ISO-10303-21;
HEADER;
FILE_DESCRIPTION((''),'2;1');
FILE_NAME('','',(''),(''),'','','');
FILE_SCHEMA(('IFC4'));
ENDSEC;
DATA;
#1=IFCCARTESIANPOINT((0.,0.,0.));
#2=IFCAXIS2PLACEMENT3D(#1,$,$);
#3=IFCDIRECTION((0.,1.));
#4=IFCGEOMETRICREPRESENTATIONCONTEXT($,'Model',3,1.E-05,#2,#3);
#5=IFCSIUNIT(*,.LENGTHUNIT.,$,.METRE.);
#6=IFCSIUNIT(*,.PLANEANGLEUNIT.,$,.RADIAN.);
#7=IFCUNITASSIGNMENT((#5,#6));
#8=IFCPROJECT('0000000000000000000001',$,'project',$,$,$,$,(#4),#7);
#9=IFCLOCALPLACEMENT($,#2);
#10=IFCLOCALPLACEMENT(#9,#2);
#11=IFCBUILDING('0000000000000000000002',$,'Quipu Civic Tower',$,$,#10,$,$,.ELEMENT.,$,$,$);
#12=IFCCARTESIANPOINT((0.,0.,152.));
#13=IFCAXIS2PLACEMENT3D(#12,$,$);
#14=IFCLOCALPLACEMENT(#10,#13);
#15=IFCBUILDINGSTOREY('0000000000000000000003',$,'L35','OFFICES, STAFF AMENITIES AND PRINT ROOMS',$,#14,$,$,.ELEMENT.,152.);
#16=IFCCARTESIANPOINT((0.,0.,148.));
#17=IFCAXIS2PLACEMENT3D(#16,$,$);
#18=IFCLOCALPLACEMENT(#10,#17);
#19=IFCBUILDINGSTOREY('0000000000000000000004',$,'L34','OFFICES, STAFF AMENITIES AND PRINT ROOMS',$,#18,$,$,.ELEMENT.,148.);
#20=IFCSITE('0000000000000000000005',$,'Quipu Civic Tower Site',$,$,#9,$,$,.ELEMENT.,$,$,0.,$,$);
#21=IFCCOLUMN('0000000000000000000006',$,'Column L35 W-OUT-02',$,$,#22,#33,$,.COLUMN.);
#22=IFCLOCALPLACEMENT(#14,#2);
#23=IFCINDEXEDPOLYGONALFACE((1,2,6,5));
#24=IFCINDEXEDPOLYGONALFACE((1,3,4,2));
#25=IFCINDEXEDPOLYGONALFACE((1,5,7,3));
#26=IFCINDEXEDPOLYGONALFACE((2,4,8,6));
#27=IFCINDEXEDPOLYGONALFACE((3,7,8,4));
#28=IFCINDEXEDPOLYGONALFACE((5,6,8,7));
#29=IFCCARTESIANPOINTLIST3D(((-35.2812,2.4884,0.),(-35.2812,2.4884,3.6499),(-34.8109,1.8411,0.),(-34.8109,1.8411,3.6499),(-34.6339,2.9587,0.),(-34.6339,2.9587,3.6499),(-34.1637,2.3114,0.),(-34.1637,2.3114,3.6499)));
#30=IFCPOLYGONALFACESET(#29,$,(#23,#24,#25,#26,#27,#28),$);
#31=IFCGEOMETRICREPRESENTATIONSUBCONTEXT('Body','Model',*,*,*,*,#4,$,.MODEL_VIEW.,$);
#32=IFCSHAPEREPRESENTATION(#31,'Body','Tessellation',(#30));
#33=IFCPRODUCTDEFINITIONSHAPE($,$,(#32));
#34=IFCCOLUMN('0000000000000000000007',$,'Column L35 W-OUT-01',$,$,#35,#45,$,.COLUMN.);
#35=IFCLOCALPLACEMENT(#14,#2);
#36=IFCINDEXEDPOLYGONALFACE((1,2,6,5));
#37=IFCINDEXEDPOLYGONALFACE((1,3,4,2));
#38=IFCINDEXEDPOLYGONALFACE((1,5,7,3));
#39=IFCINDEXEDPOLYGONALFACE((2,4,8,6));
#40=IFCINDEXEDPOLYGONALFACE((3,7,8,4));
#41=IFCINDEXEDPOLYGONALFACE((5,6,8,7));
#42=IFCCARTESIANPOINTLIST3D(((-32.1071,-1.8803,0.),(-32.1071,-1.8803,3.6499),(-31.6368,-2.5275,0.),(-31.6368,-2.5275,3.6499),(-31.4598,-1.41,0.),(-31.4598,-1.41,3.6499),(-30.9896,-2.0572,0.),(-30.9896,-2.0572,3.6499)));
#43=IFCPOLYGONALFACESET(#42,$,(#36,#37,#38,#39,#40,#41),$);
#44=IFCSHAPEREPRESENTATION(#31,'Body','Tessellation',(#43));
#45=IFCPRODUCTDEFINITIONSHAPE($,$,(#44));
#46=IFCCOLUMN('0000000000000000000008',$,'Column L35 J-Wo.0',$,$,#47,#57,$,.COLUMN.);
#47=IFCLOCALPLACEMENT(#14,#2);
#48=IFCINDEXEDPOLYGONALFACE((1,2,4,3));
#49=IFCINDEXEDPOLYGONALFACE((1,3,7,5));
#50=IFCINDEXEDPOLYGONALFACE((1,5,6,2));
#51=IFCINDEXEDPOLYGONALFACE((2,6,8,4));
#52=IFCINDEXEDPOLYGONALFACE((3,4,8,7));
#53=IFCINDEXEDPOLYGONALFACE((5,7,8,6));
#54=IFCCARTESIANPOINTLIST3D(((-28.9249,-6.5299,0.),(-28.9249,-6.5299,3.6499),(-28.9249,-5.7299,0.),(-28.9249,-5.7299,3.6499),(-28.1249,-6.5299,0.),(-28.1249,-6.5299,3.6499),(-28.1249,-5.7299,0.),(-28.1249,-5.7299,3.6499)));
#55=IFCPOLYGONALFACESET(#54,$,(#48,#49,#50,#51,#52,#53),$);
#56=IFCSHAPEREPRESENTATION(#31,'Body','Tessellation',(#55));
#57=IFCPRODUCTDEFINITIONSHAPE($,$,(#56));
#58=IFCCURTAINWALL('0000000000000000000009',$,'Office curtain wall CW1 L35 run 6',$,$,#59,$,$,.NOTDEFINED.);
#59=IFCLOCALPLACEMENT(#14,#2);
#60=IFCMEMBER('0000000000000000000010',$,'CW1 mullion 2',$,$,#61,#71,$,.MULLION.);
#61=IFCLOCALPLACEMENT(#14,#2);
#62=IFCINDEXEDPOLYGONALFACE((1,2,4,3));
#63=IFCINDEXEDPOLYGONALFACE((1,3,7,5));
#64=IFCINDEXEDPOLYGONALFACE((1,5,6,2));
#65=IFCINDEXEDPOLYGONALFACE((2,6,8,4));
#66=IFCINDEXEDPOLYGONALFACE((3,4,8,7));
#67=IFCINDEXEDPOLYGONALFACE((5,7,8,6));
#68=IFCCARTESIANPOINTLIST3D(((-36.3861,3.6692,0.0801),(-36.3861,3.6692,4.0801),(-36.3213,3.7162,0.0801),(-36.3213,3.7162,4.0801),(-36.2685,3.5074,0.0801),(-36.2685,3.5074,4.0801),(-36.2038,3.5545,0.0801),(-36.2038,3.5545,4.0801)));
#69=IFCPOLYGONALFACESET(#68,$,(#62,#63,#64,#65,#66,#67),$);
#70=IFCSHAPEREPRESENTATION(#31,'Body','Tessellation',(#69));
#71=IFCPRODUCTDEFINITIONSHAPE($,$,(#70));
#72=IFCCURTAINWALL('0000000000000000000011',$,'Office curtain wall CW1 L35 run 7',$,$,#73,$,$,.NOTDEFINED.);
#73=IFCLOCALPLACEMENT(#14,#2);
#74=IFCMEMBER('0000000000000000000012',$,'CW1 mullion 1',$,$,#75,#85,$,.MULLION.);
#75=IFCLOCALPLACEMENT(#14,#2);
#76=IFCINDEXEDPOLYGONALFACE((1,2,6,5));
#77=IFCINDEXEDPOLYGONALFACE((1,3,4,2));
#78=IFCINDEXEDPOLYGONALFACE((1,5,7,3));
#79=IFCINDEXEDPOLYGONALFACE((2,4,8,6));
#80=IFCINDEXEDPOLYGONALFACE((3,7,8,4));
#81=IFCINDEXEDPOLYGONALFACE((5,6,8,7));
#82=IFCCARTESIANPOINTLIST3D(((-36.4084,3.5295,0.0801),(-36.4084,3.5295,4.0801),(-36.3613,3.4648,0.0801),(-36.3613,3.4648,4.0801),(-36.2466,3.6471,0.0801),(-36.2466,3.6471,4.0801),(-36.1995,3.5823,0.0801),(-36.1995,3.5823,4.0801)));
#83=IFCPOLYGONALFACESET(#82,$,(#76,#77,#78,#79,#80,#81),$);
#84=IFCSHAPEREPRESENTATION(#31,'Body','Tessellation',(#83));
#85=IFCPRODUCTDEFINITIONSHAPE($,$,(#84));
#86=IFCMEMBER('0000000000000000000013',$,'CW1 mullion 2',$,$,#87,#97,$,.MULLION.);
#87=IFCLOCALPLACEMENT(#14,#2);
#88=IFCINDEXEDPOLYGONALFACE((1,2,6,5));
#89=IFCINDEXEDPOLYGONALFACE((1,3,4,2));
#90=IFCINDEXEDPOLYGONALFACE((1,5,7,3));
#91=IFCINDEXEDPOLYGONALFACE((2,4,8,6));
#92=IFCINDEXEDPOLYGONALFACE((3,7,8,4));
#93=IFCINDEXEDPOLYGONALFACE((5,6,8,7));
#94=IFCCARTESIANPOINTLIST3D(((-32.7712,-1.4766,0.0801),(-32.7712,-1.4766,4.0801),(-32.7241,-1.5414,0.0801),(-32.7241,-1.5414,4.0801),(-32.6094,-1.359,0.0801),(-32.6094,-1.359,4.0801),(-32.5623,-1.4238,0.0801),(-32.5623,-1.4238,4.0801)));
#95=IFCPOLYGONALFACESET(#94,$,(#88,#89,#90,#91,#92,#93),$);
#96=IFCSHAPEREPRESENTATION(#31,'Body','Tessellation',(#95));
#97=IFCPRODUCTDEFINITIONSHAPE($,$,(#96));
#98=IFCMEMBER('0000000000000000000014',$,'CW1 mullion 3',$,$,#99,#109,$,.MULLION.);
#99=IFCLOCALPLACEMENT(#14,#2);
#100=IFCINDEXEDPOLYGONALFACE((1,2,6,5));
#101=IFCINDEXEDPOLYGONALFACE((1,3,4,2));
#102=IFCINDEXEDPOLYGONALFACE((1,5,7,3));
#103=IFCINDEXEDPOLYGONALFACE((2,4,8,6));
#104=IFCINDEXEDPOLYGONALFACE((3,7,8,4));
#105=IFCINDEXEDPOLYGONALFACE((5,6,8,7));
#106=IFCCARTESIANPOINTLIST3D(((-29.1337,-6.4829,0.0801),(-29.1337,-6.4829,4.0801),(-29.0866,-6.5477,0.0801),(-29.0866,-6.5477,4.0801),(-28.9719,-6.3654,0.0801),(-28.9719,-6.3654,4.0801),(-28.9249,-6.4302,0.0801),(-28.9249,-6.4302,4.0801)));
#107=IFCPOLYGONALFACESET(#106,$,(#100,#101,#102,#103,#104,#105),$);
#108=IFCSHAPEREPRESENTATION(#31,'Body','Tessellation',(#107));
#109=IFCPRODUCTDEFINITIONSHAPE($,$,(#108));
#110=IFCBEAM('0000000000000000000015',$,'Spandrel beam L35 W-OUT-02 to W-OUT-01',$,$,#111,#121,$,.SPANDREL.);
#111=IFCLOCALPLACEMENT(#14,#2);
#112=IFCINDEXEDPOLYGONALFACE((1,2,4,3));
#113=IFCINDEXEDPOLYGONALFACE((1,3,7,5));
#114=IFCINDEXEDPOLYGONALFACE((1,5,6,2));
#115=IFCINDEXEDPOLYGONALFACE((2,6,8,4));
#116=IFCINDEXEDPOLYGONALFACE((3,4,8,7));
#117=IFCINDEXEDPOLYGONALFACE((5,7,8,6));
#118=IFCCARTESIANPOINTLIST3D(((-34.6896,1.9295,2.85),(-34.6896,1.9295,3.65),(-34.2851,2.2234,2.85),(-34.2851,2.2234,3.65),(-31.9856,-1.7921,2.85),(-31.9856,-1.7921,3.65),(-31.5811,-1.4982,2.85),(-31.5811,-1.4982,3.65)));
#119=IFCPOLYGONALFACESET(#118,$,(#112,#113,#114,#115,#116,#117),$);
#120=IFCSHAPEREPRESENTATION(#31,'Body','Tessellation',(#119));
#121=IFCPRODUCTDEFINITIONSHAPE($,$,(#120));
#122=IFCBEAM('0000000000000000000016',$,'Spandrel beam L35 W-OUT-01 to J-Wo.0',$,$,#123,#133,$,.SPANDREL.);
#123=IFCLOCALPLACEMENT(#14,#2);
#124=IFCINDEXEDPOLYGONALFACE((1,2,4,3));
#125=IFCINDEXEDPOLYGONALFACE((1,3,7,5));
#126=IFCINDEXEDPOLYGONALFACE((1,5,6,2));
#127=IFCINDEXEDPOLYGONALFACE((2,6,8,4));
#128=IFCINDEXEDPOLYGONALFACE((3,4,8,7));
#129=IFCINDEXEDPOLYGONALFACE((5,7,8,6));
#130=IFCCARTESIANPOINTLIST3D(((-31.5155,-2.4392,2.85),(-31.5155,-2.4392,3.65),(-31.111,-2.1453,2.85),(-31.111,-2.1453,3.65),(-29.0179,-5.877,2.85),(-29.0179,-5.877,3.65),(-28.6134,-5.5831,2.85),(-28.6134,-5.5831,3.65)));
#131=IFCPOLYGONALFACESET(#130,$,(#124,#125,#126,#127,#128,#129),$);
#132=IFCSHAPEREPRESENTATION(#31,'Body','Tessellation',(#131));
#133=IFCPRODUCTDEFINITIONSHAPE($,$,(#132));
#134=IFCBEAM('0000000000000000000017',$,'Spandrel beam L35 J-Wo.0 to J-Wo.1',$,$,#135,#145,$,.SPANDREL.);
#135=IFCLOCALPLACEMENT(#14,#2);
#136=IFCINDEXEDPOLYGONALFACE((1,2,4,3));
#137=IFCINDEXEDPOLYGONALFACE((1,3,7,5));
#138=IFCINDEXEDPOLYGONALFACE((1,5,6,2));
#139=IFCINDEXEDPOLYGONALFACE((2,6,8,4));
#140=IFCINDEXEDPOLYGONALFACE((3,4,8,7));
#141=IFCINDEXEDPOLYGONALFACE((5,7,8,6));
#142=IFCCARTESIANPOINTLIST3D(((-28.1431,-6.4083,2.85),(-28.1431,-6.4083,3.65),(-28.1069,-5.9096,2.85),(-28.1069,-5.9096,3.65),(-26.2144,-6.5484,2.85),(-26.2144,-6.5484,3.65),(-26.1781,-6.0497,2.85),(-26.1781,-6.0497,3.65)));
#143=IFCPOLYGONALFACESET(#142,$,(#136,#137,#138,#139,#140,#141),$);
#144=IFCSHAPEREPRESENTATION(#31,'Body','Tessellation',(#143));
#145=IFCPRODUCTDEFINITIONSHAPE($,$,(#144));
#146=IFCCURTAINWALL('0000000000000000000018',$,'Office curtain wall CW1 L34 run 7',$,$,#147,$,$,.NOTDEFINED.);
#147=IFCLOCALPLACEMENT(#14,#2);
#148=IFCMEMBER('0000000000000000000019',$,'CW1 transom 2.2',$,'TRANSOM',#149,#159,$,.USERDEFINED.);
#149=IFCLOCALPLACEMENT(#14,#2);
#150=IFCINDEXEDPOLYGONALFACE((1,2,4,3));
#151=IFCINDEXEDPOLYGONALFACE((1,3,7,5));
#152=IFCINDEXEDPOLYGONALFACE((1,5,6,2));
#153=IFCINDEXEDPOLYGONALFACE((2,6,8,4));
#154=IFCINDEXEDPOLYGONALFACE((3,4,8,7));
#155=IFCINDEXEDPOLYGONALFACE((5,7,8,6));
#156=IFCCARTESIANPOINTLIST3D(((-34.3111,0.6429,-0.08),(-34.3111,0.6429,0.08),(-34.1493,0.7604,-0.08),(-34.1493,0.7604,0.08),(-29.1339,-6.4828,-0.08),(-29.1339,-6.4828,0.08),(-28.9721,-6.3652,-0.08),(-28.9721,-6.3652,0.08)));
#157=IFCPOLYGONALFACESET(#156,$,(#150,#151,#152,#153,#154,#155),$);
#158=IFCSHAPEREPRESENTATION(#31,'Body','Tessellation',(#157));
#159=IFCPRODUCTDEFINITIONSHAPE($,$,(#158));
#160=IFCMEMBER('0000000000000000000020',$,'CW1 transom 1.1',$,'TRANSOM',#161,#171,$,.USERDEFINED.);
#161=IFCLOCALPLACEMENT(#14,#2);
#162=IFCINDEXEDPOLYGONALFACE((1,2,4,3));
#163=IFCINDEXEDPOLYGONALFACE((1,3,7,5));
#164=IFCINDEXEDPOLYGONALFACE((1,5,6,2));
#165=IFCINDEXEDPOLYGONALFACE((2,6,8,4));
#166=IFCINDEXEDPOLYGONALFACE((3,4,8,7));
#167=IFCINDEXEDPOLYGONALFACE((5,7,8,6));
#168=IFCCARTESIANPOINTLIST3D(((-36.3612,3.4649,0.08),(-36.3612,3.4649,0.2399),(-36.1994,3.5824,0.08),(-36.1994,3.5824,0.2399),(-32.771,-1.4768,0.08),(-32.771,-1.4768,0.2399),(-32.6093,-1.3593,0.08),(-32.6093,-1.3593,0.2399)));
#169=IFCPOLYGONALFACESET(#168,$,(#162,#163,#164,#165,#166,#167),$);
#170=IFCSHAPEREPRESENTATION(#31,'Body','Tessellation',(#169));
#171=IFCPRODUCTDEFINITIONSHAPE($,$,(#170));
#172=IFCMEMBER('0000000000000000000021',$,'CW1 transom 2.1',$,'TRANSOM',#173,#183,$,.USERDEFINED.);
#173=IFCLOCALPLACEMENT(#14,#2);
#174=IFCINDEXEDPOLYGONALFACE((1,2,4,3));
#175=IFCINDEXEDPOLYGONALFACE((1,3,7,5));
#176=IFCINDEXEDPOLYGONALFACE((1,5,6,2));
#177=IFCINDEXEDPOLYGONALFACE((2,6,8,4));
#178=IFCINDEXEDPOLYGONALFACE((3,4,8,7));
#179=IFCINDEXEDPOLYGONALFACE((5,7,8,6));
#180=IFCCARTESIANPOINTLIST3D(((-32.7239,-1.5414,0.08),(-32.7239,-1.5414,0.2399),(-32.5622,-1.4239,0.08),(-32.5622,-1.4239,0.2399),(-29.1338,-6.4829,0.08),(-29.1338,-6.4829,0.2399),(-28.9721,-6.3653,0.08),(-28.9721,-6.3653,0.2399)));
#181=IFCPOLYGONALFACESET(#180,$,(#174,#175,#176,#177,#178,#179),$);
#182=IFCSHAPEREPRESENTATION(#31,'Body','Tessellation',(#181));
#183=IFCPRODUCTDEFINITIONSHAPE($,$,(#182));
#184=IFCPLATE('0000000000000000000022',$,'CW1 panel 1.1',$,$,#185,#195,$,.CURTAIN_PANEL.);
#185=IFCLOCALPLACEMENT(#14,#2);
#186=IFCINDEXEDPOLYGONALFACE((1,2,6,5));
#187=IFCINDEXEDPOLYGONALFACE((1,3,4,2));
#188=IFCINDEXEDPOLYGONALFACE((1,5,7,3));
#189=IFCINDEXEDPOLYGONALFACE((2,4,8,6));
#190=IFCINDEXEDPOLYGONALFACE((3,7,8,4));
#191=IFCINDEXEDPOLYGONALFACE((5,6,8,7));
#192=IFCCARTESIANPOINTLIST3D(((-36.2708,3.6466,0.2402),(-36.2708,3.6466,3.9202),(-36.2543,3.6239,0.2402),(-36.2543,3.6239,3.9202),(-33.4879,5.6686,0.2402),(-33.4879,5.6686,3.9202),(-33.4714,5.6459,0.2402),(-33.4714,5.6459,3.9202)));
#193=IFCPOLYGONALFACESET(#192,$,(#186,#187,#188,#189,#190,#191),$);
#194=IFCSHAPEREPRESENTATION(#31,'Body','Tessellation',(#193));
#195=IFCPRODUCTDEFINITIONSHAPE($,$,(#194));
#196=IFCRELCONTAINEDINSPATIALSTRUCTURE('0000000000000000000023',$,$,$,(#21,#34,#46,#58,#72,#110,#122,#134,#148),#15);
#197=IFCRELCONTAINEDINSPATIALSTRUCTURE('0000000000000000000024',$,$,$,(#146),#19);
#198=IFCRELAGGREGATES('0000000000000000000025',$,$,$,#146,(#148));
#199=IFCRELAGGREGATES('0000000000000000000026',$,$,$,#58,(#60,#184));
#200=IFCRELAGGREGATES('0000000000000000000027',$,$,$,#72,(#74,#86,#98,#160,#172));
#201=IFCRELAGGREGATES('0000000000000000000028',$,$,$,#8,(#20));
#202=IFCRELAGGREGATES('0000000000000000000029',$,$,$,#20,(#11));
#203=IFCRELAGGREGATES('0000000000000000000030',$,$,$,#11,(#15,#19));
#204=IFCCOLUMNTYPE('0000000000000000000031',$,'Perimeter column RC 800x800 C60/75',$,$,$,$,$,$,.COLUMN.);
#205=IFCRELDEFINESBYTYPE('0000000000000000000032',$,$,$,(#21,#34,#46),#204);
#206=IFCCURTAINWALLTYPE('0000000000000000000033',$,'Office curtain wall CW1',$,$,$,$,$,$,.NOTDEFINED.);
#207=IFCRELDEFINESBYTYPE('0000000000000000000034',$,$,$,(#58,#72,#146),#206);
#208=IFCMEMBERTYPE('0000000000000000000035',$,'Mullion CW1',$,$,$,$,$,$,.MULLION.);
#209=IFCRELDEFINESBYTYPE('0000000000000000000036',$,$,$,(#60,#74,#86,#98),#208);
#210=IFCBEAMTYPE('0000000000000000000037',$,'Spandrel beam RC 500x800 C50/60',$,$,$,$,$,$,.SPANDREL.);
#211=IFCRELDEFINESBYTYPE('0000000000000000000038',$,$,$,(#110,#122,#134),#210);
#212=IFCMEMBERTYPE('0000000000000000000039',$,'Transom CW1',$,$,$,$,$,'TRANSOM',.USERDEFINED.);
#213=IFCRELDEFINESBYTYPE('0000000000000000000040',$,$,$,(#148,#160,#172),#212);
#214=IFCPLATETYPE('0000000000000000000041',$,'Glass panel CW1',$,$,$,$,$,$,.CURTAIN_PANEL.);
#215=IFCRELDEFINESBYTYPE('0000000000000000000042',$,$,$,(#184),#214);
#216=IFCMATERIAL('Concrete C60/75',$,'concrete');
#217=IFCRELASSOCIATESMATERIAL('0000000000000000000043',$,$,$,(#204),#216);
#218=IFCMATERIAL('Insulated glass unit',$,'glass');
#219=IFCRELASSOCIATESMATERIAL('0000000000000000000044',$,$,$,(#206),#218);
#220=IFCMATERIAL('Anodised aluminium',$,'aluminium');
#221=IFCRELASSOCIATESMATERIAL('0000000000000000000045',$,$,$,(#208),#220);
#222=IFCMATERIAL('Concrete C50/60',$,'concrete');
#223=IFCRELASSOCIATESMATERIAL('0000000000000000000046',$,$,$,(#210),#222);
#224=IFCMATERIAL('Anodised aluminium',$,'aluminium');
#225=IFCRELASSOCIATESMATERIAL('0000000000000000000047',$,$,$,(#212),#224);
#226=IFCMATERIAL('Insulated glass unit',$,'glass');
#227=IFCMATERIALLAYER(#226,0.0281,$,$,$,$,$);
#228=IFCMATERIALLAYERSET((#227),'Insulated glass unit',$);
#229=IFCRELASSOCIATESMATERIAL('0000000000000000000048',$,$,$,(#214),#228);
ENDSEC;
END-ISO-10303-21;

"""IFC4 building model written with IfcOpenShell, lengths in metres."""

from ifc_helpers import new_model, si_unit, direction, frame, origin, origin_2d, place, context, subcontext, project, spatial, rectangle, extrude, material, layer, layer_set, material_profile, profile_set, type_object, element, aggregate, save


model = new_model("IFC4")

# Units and contexts
model_context = context("Model", 3, precision=1e-05, world=origin(), true_north=direction((0.0, 1.0)))
body_context = subcontext(model_context, "Body", "Model", "MODEL_VIEW")
ifc_project = project(units=[si_unit("LENGTHUNIT", "METRE"), si_unit("PLANEANGLEUNIT", "RADIAN")], contexts=[model_context])

# Site, building, storey
site_placement = place(None, origin())
site = spatial("IfcSite", under=ifc_project, at=site_placement, Name="Quipu Civic Tower Site", CompositionType="ELEMENT", RefElevation=0.0)
building_placement = place(site_placement, origin())
building = spatial("IfcBuilding", under=site, at=building_placement, Name="Quipu Civic Tower", CompositionType="ELEMENT")
storey_1_placement = place(building_placement, frame((0.0, 0.0, 152.0)))
storey_1 = spatial("IfcBuildingStorey", under=building, at=storey_1_placement, Name="L35", Description="OFFICES, STAFF AMENITIES AND PRINT ROOMS", CompositionType="ELEMENT", Elevation=152.0)

# Columns
ifc_material_1 = material(Name="Concrete C60/75", Category="concrete")
ifc_material_profile_1 = material_profile(ifc_material_1, rectangle(XDim=0.8, YDim=0.8, at=origin_2d()), Name="RC800x800")
ifc_profile_set_1 = profile_set([ifc_material_profile_1], Name="Concrete C60/75")
column_type = type_object("IfcColumnType", Name="Perimeter column RC 800x800 C60/75", PredefinedType="COLUMN", material=ifc_profile_set_1)
for number, where, z_axis, x_axis, name in (
    (1, (-34.7224, 2.3999, 0.0), (0.0, 0.0, 1.0), (0.587785, -0.809017, 0.0), "Column L35 W-OUT-02"),
    (2, (-31.5483, -1.9688, 0.0), (0.0, 0.0, 1.0), (0.587785, -0.809017, 0.0), "Column L35 W-OUT-01"),
    (3, (-28.5249, -6.1299, 0.0), (0.0, 0.0, 1.0), (1.0, 0.0, 0.0), "Column L35 J-Wo.0"),
):
    element("IfcColumn", number, at=place(storey_1_placement, frame(where, z_axis=z_axis, x_axis=x_axis)), inside=storey_1, type_object=column_type, Name=name, PredefinedType="COLUMN", context=body_context, shape_type="SweptSolid", body=[
        extrude(rectangle(XDim=0.8, YDim=0.8, at=origin_2d()), origin(), (0.0, 0.0, 1.0), 3.6499),
    ])

# Curtain wall, member
ifc_material_2 = material(Name="Insulated glass unit", Category="glass")
curtain_wall_type = type_object("IfcCurtainWallType", Name="Office curtain wall CW1", PredefinedType="NOTDEFINED", material=ifc_material_2)
curtain_wall_1_placement = place(storey_1_placement, origin())
curtain_wall_1 = element("IfcCurtainWall", 4, at=curtain_wall_1_placement, inside=storey_1, type_object=curtain_wall_type, Name="Office curtain wall CW1 L35 run 6", PredefinedType="NOTDEFINED")
ifc_material_3 = material(Name="Anodised aluminium", Category="aluminium")
ifc_material_profile_2 = material_profile(ifc_material_3, rectangle(XDim=0.2, YDim=0.0801, at=origin_2d()), Name="RECT 200x80")
ifc_profile_set_2 = profile_set([ifc_material_profile_2], Name="Anodised aluminium")
member_type_1 = type_object("IfcMemberType", Name="Mullion CW1", PredefinedType="MULLION", material=ifc_profile_set_2)
member_1_placement = place(storey_1_placement, frame((-36.2949, 3.6118, 0.0801), z_axis=(0.0, 0.0, 1.0), x_axis=(0.587788, -0.809015, 0.0)))
member_1 = element("IfcMember", 5, at=member_1_placement, type_object=member_type_1, Name="CW1 mullion 2", PredefinedType="MULLION", context=body_context, shape_type="SweptSolid", body=[
    extrude(rectangle(XDim=0.2, YDim=0.0801, at=origin_2d()), origin(), (0.0, 0.0, 1.0), 4.0),
])

# Curtain wall, members
curtain_wall_2_placement = place(storey_1_placement, origin())
curtain_wall_2 = element("IfcCurtainWall", 6, at=curtain_wall_2_placement, inside=storey_1, type_object=curtain_wall_type, Name="Office curtain wall CW1 L35 run 7", PredefinedType="NOTDEFINED")
member_2_placement = place(storey_1_placement, frame((-36.304, 3.5559, 0.0801), z_axis=(0.0, 0.0, 1.0), x_axis=(0.809018, 0.587784, 0.0)))
member_2 = element("IfcMember", 7, at=member_2_placement, type_object=member_type_1, Name="CW1 mullion 1", PredefinedType="MULLION", context=body_context, shape_type="SweptSolid", body=[
    extrude(rectangle(XDim=0.2, YDim=0.0801, at=origin_2d()), origin(), (0.0, 0.0, 1.0), 4.0),
])
member_3_placement = place(storey_1_placement, frame((-32.6667, -1.4502, 0.0801), z_axis=(0.0, 0.0, 1.0), x_axis=(0.809018, 0.587784, 0.0)))
member_3 = element("IfcMember", 8, at=member_3_placement, type_object=member_type_1, Name="CW1 mullion 2", PredefinedType="MULLION", context=body_context, shape_type="SweptSolid", body=[
    extrude(rectangle(XDim=0.2, YDim=0.0801, at=origin_2d()), origin(), (0.0, 0.0, 1.0), 4.0),
])
member_4_placement = place(storey_1_placement, frame((-29.0293, -6.4565, 0.0801), z_axis=(0.0, 0.0, 1.0), x_axis=(0.809018, 0.587784, 0.0)))
member_4 = element("IfcMember", 9, at=member_4_placement, type_object=member_type_1, Name="CW1 mullion 3", PredefinedType="MULLION", context=body_context, shape_type="SweptSolid", body=[
    extrude(rectangle(XDim=0.2, YDim=0.0801, at=origin_2d()), origin(), (0.0, 0.0, 1.0), 4.0),
])

# Beams
ifc_material_4 = material(Name="Concrete C50/60", Category="concrete")
ifc_material_profile_3 = material_profile(ifc_material_4, rectangle(XDim=0.5, YDim=0.8, at=origin_2d()), Name="RC500x800")
ifc_profile_set_3 = profile_set([ifc_material_profile_3], Name="Concrete C50/60")
beam_type = type_object("IfcBeamType", Name="Spandrel beam RC 500x800 C50/60", PredefinedType="SPANDREL", material=ifc_profile_set_3)
beam_1_placement = place(storey_1_placement, frame((-34.4873, 2.0764, 3.25), z_axis=(0.587796, -0.809009, 0.0), x_axis=(0.809009, 0.587796, 0.0)))
element("IfcBeam", 10, at=beam_1_placement, inside=storey_1, type_object=beam_type, Name="Spandrel beam L35 W-OUT-02 to W-OUT-01", PredefinedType="SPANDREL", context=body_context, shape_type="SweptSolid", body=[
    extrude(rectangle(XDim=0.5, YDim=0.8, at=origin_2d()), origin(), (0.0, 0.0, 1.0), 4.6001),
])
beam_2_placement = place(storey_1_placement, frame((-31.3132, -2.2922, 3.25), z_axis=(0.587769, -0.809029, 0.0), x_axis=(0.809029, 0.587769, 0.0)))
element("IfcBeam", 11, at=beam_2_placement, inside=storey_1, type_object=beam_type, Name="Spandrel beam L35 W-OUT-01 to J-Wo.0", PredefinedType="SPANDREL", context=body_context, shape_type="SweptSolid", body=[
    extrude(rectangle(XDim=0.5, YDim=0.8, at=origin_2d()), origin(), (0.0, 0.0, 1.0), 4.2493),
])
beam_3_placement = place(storey_1_placement, frame((-28.125, -6.1589, 3.25), z_axis=(0.997371, -0.072467, 0.0), x_axis=(0.072467, 0.997371, 0.0)))
element("IfcBeam", 12, at=beam_3_placement, inside=storey_1, type_object=beam_type, Name="Spandrel beam L35 J-Wo.0 to J-Wo.1", PredefinedType="SPANDREL", context=body_context, shape_type="SweptSolid", body=[
    extrude(rectangle(XDim=0.5, YDim=0.8, at=origin_2d()), origin(), (0.0, 0.0, 1.0), 1.9338),
])

# Shared definitions
storey_2_placement = place(building_placement, frame((0.0, 0.0, 148.0)))
storey_2 = spatial("IfcBuildingStorey", under=building, at=storey_2_placement, Name="L34", Description="OFFICES, STAFF AMENITIES AND PRINT ROOMS", CompositionType="ELEMENT", Elevation=148.0)

# Curtain wall, member
curtain_wall_3_placement = place(storey_2_placement, origin())
curtain_wall_3 = element("IfcCurtainWall", 13, at=curtain_wall_3_placement, inside=storey_2, type_object=curtain_wall_type, Name="Office curtain wall CW1 L34 run 7", PredefinedType="NOTDEFINED")
ifc_material_5 = material(Name="Anodised aluminium", Category="aluminium")
ifc_material_profile_4 = material_profile(ifc_material_5, rectangle(XDim=0.2, YDim=0.1599, at=origin_2d()), Name="RECT 200x160")
ifc_profile_set_4 = profile_set([ifc_material_profile_4], Name="Anodised aluminium")
member_type_2 = type_object("IfcMemberType", Name="Transom CW1", ElementType="TRANSOM", PredefinedType="USERDEFINED", material=ifc_profile_set_4)
member_5_placement = place(storey_1_placement, frame((-34.2302, 0.7017, 0.0), z_axis=(0.587793, -0.809012, 0.0), x_axis=(0.809012, 0.587793, 0.0)))
member_5 = element("IfcMember", 14, at=member_5_placement, inside=storey_1, type_object=member_type_2, Name="CW1 transom 2.2", ObjectType="TRANSOM", PredefinedType="USERDEFINED", context=body_context, shape_type="SweptSolid", body=[
    extrude(rectangle(XDim=0.2, YDim=0.1599, at=origin_2d()), origin(), (0.0, 0.0, 1.0), 8.8079),
])
aggregate(curtain_wall_3, [member_5])

# Members
member_6_placement = place(storey_1_placement, frame((-36.2803, 3.5237, 0.1599), z_axis=(0.58776, -0.809035, 0.0), x_axis=(0.809035, 0.58776, 0.0)))
member_6 = element("IfcMember", 15, at=member_6_placement, type_object=member_type_2, Name="CW1 transom 1.1", ObjectType="TRANSOM", PredefinedType="USERDEFINED", context=body_context, shape_type="SweptSolid", body=[
    extrude(rectangle(XDim=0.2, YDim=0.1599, at=origin_2d()), origin(), (0.0, 0.0, 1.0), 6.1082),
])
member_7_placement = place(storey_1_placement, frame((-32.6431, -1.4827, 0.1599), z_axis=(0.587779, -0.809021, 0.0), x_axis=(0.809021, 0.587779, 0.0)))
member_7 = element("IfcMember", 16, at=member_7_placement, type_object=member_type_2, Name="CW1 transom 2.1", ObjectType="TRANSOM", PredefinedType="USERDEFINED", context=body_context, shape_type="SweptSolid", body=[
    extrude(rectangle(XDim=0.2, YDim=0.1599, at=origin_2d()), origin(), (0.0, 0.0, 1.0), 6.1079),
])

# Plate
ifc_material_6 = material(Name="Insulated glass unit", Category="glass")
ifc_layer_1 = layer(ifc_material_6, 0.0281)
ifc_layer_set_1 = layer_set([ifc_layer_1], Name="Insulated glass unit")
plate_type_1 = type_object("IfcPlateType", Name="Glass panel CW1", PredefinedType="CURTAIN_PANEL", material=ifc_layer_set_1)
plate_1_placement = place(storey_1_placement, frame((-34.8711, 4.6462, 0.2402), z_axis=(0.0, 0.0, 1.0), x_axis=(-0.809015, -0.587788, 0.0)))
plate_1 = element("IfcPlate", 17, at=plate_1_placement, type_object=plate_type_1, Name="CW1 panel 1.1", PredefinedType="CURTAIN_PANEL", context=body_context, shape_type="SweptSolid", body=[
    extrude(rectangle(XDim=3.4399, YDim=0.0281, at=origin_2d()), origin(), (0.0, 0.0, 1.0), 3.6799),
])
aggregate(curtain_wall_1, [member_1, plate_1])
aggregate(curtain_wall_2, [member_2, member_3, member_4, member_6, member_7])

save(model, "model.ifc")
